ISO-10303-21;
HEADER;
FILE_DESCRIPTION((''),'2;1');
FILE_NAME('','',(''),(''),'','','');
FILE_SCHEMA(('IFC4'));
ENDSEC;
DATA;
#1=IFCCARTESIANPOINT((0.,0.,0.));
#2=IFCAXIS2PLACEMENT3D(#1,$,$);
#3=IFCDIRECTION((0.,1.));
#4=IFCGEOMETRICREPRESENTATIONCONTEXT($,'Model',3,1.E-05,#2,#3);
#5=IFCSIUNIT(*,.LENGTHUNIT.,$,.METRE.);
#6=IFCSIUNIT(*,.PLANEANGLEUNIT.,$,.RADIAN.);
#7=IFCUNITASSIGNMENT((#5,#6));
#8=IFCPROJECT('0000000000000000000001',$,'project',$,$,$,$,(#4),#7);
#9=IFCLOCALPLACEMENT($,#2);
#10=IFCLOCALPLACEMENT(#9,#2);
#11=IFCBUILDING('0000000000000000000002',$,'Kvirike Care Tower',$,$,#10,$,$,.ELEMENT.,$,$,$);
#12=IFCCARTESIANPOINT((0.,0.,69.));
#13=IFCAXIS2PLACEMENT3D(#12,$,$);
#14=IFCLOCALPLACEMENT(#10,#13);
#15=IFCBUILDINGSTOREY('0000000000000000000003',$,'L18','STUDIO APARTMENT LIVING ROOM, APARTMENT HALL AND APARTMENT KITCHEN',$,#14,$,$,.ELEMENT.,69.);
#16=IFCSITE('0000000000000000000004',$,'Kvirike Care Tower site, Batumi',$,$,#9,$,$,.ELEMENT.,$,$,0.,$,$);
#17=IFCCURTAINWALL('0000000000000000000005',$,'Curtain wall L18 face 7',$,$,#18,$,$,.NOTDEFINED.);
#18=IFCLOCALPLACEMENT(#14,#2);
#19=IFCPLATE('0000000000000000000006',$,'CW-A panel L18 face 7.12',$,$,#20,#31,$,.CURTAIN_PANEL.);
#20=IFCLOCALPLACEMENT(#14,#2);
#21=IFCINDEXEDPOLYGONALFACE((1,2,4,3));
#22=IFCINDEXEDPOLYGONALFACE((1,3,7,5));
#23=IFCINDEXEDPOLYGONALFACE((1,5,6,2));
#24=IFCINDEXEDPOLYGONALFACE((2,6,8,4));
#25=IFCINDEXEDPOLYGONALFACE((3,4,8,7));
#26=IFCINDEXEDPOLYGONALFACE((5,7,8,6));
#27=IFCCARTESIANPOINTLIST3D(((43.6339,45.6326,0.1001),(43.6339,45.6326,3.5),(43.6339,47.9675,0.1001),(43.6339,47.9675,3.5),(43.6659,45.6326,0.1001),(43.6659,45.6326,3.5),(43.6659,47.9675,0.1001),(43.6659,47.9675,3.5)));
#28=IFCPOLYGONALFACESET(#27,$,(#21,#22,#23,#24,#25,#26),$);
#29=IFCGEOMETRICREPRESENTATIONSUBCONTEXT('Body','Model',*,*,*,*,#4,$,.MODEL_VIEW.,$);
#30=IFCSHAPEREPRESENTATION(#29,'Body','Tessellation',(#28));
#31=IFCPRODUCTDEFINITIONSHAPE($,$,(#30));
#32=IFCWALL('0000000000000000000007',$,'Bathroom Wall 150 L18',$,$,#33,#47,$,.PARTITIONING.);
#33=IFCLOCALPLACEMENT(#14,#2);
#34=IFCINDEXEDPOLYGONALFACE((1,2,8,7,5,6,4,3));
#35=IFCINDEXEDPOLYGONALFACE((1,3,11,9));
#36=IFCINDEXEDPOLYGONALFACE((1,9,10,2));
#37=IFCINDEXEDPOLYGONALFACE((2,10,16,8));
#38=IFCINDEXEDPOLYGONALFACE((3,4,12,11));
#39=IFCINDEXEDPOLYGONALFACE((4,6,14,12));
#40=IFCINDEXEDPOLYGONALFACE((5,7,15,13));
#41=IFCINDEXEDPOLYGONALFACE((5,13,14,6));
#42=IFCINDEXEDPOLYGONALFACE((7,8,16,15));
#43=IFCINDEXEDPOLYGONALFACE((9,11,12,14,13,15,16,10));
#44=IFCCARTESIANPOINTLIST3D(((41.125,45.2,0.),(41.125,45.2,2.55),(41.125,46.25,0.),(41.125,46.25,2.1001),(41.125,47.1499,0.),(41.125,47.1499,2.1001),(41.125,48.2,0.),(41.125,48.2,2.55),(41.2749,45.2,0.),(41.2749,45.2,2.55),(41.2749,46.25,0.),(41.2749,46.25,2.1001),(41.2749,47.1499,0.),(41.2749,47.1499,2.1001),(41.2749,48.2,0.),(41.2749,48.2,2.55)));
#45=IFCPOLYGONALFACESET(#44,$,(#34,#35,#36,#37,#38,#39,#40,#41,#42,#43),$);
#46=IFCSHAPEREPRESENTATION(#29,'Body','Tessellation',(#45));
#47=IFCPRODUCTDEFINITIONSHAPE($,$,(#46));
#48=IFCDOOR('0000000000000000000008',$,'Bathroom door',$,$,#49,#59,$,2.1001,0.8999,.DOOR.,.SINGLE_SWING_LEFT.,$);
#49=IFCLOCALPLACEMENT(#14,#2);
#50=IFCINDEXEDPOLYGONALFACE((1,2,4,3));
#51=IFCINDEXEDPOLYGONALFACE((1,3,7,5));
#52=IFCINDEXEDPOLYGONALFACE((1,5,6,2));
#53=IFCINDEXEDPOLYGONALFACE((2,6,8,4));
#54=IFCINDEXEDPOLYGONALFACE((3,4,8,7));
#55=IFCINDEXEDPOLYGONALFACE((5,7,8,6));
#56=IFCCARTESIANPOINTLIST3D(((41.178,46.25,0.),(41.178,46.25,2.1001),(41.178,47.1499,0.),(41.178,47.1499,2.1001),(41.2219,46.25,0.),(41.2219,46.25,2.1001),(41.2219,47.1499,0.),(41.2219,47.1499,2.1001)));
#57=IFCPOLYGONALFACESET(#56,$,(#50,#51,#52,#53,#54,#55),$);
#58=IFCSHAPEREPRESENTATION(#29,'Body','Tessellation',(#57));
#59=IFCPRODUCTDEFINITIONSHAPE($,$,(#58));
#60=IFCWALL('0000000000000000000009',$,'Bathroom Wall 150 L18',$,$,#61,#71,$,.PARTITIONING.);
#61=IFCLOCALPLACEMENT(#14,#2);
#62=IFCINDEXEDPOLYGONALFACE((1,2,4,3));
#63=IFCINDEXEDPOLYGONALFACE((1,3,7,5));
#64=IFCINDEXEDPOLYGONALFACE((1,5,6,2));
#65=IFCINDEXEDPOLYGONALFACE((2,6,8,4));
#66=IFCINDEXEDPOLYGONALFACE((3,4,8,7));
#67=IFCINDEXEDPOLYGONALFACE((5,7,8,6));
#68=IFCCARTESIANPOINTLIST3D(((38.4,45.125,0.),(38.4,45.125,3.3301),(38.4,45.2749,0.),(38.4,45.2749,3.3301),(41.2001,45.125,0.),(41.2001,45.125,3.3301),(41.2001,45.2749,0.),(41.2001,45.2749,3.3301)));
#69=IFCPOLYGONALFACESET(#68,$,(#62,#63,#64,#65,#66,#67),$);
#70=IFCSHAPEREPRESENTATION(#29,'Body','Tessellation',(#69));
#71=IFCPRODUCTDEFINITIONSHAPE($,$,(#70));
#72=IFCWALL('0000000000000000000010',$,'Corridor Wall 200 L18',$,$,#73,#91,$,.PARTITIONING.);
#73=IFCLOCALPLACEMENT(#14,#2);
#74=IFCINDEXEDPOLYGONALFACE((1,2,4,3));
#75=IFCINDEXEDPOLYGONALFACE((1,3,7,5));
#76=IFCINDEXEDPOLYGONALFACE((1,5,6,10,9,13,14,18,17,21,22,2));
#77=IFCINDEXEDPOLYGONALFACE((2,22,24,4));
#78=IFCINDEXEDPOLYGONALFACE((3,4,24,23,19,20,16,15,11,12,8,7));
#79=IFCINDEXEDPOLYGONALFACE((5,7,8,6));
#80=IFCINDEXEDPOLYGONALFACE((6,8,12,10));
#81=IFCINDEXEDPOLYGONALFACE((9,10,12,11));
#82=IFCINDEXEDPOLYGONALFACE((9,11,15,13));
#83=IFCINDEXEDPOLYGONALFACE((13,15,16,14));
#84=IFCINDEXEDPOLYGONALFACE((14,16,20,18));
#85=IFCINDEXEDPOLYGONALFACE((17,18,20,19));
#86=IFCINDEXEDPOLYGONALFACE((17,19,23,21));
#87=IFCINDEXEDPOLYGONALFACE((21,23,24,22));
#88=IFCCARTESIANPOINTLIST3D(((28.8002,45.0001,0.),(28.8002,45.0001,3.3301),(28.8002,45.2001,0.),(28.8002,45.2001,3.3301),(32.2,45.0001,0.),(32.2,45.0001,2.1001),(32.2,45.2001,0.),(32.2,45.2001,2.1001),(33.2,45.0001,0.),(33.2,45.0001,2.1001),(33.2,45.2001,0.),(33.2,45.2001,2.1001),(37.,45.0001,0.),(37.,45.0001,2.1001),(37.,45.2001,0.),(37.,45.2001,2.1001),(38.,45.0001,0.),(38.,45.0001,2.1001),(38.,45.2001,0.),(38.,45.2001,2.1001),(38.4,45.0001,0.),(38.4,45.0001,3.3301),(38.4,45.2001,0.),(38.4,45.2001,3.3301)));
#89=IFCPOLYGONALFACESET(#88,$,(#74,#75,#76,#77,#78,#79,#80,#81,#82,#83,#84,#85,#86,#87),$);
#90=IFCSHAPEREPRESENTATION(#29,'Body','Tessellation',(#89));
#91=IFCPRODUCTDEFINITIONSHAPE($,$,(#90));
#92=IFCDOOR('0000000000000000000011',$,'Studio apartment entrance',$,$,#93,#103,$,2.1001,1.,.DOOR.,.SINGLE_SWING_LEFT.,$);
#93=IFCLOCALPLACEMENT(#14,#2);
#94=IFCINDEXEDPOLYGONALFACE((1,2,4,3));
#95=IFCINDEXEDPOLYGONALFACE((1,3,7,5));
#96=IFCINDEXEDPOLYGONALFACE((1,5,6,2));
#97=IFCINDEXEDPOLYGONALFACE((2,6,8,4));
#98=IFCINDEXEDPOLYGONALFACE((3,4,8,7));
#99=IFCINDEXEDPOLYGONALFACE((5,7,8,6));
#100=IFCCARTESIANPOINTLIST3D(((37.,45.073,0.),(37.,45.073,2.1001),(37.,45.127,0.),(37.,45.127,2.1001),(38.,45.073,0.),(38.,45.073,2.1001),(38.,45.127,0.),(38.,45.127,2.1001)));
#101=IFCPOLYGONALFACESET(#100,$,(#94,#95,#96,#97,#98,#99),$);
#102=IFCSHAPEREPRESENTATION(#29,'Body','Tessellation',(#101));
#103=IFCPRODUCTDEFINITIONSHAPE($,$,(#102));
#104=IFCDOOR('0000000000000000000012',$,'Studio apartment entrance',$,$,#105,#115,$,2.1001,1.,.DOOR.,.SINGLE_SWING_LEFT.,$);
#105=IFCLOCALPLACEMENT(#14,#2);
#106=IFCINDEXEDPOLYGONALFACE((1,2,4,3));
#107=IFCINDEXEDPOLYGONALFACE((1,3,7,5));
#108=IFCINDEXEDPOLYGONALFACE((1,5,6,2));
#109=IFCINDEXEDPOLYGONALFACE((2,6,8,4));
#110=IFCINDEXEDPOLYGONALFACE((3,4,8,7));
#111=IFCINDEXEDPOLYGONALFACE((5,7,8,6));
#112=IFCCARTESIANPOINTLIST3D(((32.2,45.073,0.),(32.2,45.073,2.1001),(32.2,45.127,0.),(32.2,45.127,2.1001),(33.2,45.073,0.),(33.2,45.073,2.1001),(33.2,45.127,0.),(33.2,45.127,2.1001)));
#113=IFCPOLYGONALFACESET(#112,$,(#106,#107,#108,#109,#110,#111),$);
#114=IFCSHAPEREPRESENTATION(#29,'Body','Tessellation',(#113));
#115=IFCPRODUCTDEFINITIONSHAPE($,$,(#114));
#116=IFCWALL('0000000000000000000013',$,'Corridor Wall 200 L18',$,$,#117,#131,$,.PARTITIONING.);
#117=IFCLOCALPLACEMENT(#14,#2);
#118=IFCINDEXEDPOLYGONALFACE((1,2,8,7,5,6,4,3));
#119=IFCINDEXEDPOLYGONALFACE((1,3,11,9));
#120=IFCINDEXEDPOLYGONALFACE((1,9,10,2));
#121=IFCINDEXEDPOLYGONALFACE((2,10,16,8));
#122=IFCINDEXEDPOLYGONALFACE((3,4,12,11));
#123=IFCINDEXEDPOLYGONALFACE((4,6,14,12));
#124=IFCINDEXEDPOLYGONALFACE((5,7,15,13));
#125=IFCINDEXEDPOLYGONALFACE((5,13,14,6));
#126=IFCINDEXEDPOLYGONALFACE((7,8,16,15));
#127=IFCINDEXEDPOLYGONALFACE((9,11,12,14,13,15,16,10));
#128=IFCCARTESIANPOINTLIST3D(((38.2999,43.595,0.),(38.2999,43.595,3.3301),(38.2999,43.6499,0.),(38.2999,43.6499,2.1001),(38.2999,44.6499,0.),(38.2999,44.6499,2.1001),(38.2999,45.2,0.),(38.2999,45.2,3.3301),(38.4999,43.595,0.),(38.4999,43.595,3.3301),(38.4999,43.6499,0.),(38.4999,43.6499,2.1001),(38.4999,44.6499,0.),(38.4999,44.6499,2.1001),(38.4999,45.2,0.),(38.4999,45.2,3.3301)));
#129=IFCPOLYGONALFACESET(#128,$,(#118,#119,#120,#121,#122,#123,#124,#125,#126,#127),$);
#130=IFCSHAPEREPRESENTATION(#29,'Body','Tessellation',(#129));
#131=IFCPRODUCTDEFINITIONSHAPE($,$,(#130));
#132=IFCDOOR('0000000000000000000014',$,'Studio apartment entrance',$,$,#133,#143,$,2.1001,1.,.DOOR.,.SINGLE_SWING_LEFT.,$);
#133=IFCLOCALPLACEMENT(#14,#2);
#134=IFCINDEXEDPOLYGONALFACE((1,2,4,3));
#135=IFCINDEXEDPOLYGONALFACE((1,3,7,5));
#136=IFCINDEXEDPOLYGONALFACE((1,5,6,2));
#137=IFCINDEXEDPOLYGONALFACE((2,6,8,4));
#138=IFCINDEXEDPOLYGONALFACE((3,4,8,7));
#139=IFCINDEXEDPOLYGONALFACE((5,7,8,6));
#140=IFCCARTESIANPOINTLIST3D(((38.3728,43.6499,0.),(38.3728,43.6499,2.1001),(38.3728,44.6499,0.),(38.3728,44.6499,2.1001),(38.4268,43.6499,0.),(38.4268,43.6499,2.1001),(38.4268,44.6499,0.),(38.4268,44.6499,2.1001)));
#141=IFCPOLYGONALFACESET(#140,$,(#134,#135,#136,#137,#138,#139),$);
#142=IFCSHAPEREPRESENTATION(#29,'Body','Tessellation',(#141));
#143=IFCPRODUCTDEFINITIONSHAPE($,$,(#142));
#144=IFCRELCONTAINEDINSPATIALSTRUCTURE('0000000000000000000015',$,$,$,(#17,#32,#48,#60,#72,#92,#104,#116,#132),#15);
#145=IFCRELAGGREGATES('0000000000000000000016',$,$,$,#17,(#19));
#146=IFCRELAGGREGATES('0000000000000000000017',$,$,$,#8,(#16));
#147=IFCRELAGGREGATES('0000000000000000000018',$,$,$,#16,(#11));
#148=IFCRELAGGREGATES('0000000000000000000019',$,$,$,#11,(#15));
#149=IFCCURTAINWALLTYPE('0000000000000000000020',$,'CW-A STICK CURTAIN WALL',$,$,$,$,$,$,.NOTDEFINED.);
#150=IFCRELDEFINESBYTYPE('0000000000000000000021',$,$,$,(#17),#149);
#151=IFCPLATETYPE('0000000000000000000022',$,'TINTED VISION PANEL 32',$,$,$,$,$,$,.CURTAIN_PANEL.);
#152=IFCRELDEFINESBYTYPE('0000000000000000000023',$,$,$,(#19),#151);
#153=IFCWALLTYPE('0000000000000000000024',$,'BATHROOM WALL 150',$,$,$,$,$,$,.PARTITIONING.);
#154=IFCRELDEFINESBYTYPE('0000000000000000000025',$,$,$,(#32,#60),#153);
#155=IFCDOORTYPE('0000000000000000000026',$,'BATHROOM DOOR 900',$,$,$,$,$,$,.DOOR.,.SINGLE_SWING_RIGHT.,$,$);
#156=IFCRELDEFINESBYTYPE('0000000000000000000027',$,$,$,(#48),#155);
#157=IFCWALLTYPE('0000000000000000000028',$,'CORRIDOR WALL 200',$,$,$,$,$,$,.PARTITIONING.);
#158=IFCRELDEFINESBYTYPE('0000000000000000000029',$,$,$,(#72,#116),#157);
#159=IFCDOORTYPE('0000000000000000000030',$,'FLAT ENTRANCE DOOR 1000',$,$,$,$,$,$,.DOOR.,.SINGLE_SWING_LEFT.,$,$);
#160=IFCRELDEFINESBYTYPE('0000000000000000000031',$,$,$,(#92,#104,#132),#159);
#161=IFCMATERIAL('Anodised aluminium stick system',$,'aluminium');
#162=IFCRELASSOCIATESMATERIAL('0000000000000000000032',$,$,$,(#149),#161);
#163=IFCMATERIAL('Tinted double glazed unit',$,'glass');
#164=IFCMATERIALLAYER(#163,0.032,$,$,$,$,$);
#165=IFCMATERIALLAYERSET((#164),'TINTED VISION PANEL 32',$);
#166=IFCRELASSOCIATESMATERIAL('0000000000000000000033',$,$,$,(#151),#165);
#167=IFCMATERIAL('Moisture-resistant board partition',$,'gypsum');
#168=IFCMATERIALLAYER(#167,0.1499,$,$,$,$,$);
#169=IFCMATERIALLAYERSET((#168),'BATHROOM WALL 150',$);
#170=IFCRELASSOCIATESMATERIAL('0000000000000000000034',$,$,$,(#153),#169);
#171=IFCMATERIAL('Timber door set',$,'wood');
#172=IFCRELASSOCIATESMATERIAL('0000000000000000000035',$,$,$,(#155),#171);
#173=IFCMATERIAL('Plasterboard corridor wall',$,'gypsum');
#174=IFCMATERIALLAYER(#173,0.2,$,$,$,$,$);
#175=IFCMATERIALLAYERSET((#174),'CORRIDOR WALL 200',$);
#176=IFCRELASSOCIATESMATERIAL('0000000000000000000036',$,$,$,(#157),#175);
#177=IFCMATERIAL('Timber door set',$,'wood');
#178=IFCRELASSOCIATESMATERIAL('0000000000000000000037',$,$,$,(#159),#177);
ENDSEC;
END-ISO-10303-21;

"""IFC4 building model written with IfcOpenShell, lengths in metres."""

from ifc_helpers import new_model, si_unit, direction, frame, frame_2d, origin, origin_2d, place, context, subcontext, project, spatial, rectangle, extrude, material, layer, layer_set, type_object, element, fill, aggregate, save


model = new_model("IFC4")

# Units and contexts
model_context = context("Model", 3, precision=1e-05, world=origin(), true_north=direction((0.0, 1.0)))
body_context = subcontext(model_context, "Body", "Model", "MODEL_VIEW")
ifc_project = project(units=[si_unit("LENGTHUNIT", "METRE"), si_unit("PLANEANGLEUNIT", "RADIAN")], contexts=[model_context])

# Site, building, storey
site_placement = place(None, origin())
site = spatial("IfcSite", under=ifc_project, at=site_placement, Name="Kvirike Care Tower site, Batumi", CompositionType="ELEMENT", RefElevation=0.0)
building_placement = place(site_placement, origin())
building = spatial("IfcBuilding", under=site, at=building_placement, Name="Kvirike Care Tower", CompositionType="ELEMENT")
storey_placement = place(building_placement, frame((0.0, 0.0, 69.0)))
storey = spatial("IfcBuildingStorey", under=building, at=storey_placement, Name="L18", Description="STUDIO APARTMENT LIVING ROOM, APARTMENT HALL AND APARTMENT KITCHEN", CompositionType="ELEMENT", Elevation=69.0)

# Curtain wall
ifc_material_1 = material(Name="Anodised aluminium stick system", Category="aluminium")
curtain_wall_type = type_object("IfcCurtainWallType", Name="CW-A STICK CURTAIN WALL", PredefinedType="NOTDEFINED", material=ifc_material_1)
curtain_wall_placement = place(storey_placement, origin())
curtain_wall = element("IfcCurtainWall", 1, at=curtain_wall_placement, inside=storey, type_object=curtain_wall_type, Name="Curtain wall L18 face 7", PredefinedType="NOTDEFINED")

# Plate
ifc_material_2 = material(Name="Tinted double glazed unit", Category="glass")
ifc_layer_1 = layer(ifc_material_2, 0.032)
ifc_layer_set_1 = layer_set([ifc_layer_1], Name="TINTED VISION PANEL 32")
plate_type = type_object("IfcPlateType", Name="TINTED VISION PANEL 32", PredefinedType="CURTAIN_PANEL", material=ifc_layer_set_1)
plate_1_placement = place(storey_placement, frame((43.6499, 46.8, 0.1001), z_axis=(0.0, 0.0, 1.0), x_axis=(0.0, 1.0, 0.0)))
plate_1 = element("IfcPlate", 2, at=plate_1_placement, type_object=plate_type, Name="CW-A panel L18 face 7.12", PredefinedType="CURTAIN_PANEL", context=body_context, shape_type="SweptSolid", body=[
    extrude(rectangle(XDim=2.335, YDim=0.032, at=origin_2d()), origin(), (0.0, 0.0, 1.0), 3.3999),
])
aggregate(curtain_wall, [plate_1])

# Wall, opening, door
ifc_material_3 = material(Name="Moisture-resistant board partition", Category="gypsum")
ifc_layer_2 = layer(ifc_material_3, 0.1499)
ifc_layer_set_2 = layer_set([ifc_layer_2], Name="BATHROOM WALL 150")
wall_type_1 = type_object("IfcWallType", Name="BATHROOM WALL 150", PredefinedType="PARTITIONING", material=ifc_layer_set_2)
wall_1_placement = place(storey_placement, frame((41.2, 48.2, 0.0), z_axis=(0.0, 0.0, 1.0), x_axis=(0.0, -1.0, 0.0)))
wall_1 = element("IfcWall", 3, at=wall_1_placement, inside=storey, type_object=wall_type_1, Name="Bathroom Wall 150 L18", PredefinedType="PARTITIONING", context=body_context, shape_type="SweptSolid", body=[
    extrude(rectangle(XDim=3.0, YDim=0.1499, at=frame_2d((1.5, 0.0))), origin(), (0.0, 0.0, 1.0), 2.55),
])
opening_1_placement = place(wall_1_placement, frame((1.05, 0.0, 0.0)))
opening_1 = element("IfcOpeningElement", 4, at=opening_1_placement, cuts=wall_1, PredefinedType="OPENING", context=body_context, shape_type="SweptSolid", body=[
    extrude(rectangle(XDim=0.8999, YDim=2.1001, at=frame_2d((0.45, 1.05))), frame((0.0, 0.0854, 0.0), z_axis=(0.0, -1.0, 0.0), x_axis=(1.0, 0.0, 0.0)), (0.0, 0.0, 1.0), 0.1709),
])
ifc_material_4 = material(Name="Timber door set", Category="wood")
door_type_1 = type_object("IfcDoorType", Name="BATHROOM DOOR 900", OperationType="SINGLE_SWING_RIGHT", PredefinedType="DOOR", material=ifc_material_4)
door_1_placement = place(opening_1_placement, frame((0.8999, 0.0, 0.0), z_axis=(0.0, 0.0, 1.0), x_axis=(-1.0, 0.0, 0.0)))
door_1 = element("IfcDoor", 5, at=door_1_placement, inside=storey, type_object=door_type_1, Name="Bathroom door", OperationType="SINGLE_SWING_LEFT", OverallHeight=2.1001, OverallWidth=0.8999, PredefinedType="DOOR", context=body_context, shape_type="SweptSolid", body=[
    extrude(rectangle(XDim=0.8999, YDim=2.1001, at=frame_2d((0.45, 1.05))), frame((0.0, 0.022, 0.0), z_axis=(0.0, -1.0, 0.0), x_axis=(1.0, 0.0, 0.0)), (0.0, 0.0, 1.0), 0.0439),
])
fill(opening_1, door_1)

# Wall
wall_2_placement = place(storey_placement, frame((41.2, 45.2, 0.0), z_axis=(0.0, 0.0, 1.0), x_axis=(-1.0, 0.0, 0.0)))
element("IfcWall", 6, at=wall_2_placement, inside=storey, type_object=wall_type_1, Name="Bathroom Wall 150 L18", PredefinedType="PARTITIONING", context=body_context, shape_type="SweptSolid", body=[
    extrude(rectangle(XDim=2.8, YDim=0.1499, at=frame_2d((1.3999, 0.0))), origin(), (0.0, 0.0, 1.0), 3.3301),
])

# Wall, openings, doors
ifc_material_5 = material(Name="Plasterboard corridor wall", Category="gypsum")
ifc_layer_3 = layer(ifc_material_5, 0.2)
ifc_layer_set_3 = layer_set([ifc_layer_3], Name="CORRIDOR WALL 200")
wall_type_2 = type_object("IfcWallType", Name="CORRIDOR WALL 200", PredefinedType="PARTITIONING", material=ifc_layer_set_3)
wall_3_placement = place(storey_placement, frame((38.3999, 45.1001, 0.0), z_axis=(0.0, 0.0, 1.0), x_axis=(-1.0, 0.0, 0.0)))
wall_3 = element("IfcWall", 7, at=wall_3_placement, inside=storey, type_object=wall_type_2, Name="Corridor Wall 200 L18", PredefinedType="PARTITIONING", context=body_context, shape_type="SweptSolid", body=[
    extrude(rectangle(XDim=9.5999, YDim=0.2, at=frame_2d((4.7998, 0.0))), origin(), (0.0, 0.0, 1.0), 3.3301),
])
opening_2_placement = place(wall_3_placement, frame((0.3999, 0.0, 0.0)))
opening_2 = element("IfcOpeningElement", 8, at=opening_2_placement, cuts=wall_3, PredefinedType="OPENING", context=body_context, shape_type="SweptSolid", body=[
    extrude(rectangle(XDim=1.0, YDim=2.1001, at=frame_2d((0.5, 1.05))), frame((0.0, 0.1106, 0.0), z_axis=(0.0, -1.0, 0.0), x_axis=(1.0, 0.0, 0.0)), (0.0, 0.0, 1.0), 0.2209),
])
opening_3_placement = place(wall_3_placement, frame((5.2, 0.0, 0.0)))
opening_3 = element("IfcOpeningElement", 9, at=opening_3_placement, cuts=wall_3, PredefinedType="OPENING", context=body_context, shape_type="SweptSolid", body=[
    extrude(rectangle(XDim=1.0, YDim=2.1001, at=frame_2d((0.5, 1.05))), frame((0.0, 0.1106, 0.0), z_axis=(0.0, -1.0, 0.0), x_axis=(1.0, 0.0, 0.0)), (0.0, 0.0, 1.0), 0.2209),
])
ifc_material_6 = material(Name="Timber door set", Category="wood")
door_type_2 = type_object("IfcDoorType", Name="FLAT ENTRANCE DOOR 1000", OperationType="SINGLE_SWING_LEFT", PredefinedType="DOOR", material=ifc_material_6)
door_2_placement = place(opening_2_placement, frame((1.0, 0.0, 0.0), z_axis=(0.0, 0.0, 1.0), x_axis=(-1.0, 0.0, 0.0)))
door_2 = element("IfcDoor", 10, at=door_2_placement, inside=storey, type_object=door_type_2, Name="Studio apartment entrance", OperationType="SINGLE_SWING_LEFT", OverallHeight=2.1001, OverallWidth=1.0, PredefinedType="DOOR", context=body_context, shape_type="SweptSolid", body=[
    extrude(rectangle(XDim=1.0, YDim=2.1001, at=frame_2d((0.5, 1.05))), frame((0.0, 0.0269, 0.0), z_axis=(0.0, -1.0, 0.0), x_axis=(1.0, 0.0, 0.0)), (0.0, 0.0, 1.0), 0.054),
])
fill(opening_2, door_2)
door_3_placement = place(opening_3_placement, frame((1.0, 0.0, 0.0), z_axis=(0.0, 0.0, 1.0), x_axis=(-1.0, 0.0, 0.0)))
door_3 = element("IfcDoor", 11, at=door_3_placement, inside=storey, type_object=door_type_2, Name="Studio apartment entrance", OperationType="SINGLE_SWING_LEFT", OverallHeight=2.1001, OverallWidth=1.0, PredefinedType="DOOR", context=body_context, shape_type="SweptSolid", body=[
    extrude(rectangle(XDim=1.0, YDim=2.1001, at=frame_2d((0.5, 1.05))), frame((0.0, 0.0269, 0.0), z_axis=(0.0, -1.0, 0.0), x_axis=(1.0, 0.0, 0.0)), (0.0, 0.0, 1.0), 0.054),
])
fill(opening_3, door_3)

# Wall, opening, door
wall_4_placement = place(storey_placement, frame((38.3999, 45.2, 0.0), z_axis=(0.0, 0.0, 1.0), x_axis=(0.0, -1.0, 0.0)))
wall_4 = element("IfcWall", 12, at=wall_4_placement, inside=storey, type_object=wall_type_2, Name="Corridor Wall 200 L18", PredefinedType="PARTITIONING", context=body_context, shape_type="SweptSolid", body=[
    extrude(rectangle(XDim=1.605, YDim=0.2, at=frame_2d((0.8025, 0.0))), origin(), (0.0, 0.0, 1.0), 3.3301),
])
opening_4_placement = place(wall_4_placement, frame((0.55, 0.0, 0.0)))
opening_4 = element("IfcOpeningElement", 13, at=opening_4_placement, cuts=wall_4, PredefinedType="OPENING", context=body_context, shape_type="SweptSolid", body=[
    extrude(rectangle(XDim=1.0, YDim=2.1001, at=frame_2d((0.5, 1.05))), frame((0.0, 0.1106, 0.0), z_axis=(0.0, -1.0, 0.0), x_axis=(1.0, 0.0, 0.0)), (0.0, 0.0, 1.0), 0.2209),
])
door_4_placement = place(opening_4_placement, origin())
door_4 = element("IfcDoor", 14, at=door_4_placement, inside=storey, type_object=door_type_2, Name="Studio apartment entrance", OperationType="SINGLE_SWING_LEFT", OverallHeight=2.1001, OverallWidth=1.0, PredefinedType="DOOR", context=body_context, shape_type="SweptSolid", body=[
    extrude(rectangle(XDim=1.0, YDim=2.1001, at=frame_2d((0.5, 1.05))), frame((0.0, 0.0269, 0.0), z_axis=(0.0, -1.0, 0.0), x_axis=(1.0, 0.0, 0.0)), (0.0, 0.0, 1.0), 0.054),
])
fill(opening_4, door_4)

save(model, "model.ifc")
